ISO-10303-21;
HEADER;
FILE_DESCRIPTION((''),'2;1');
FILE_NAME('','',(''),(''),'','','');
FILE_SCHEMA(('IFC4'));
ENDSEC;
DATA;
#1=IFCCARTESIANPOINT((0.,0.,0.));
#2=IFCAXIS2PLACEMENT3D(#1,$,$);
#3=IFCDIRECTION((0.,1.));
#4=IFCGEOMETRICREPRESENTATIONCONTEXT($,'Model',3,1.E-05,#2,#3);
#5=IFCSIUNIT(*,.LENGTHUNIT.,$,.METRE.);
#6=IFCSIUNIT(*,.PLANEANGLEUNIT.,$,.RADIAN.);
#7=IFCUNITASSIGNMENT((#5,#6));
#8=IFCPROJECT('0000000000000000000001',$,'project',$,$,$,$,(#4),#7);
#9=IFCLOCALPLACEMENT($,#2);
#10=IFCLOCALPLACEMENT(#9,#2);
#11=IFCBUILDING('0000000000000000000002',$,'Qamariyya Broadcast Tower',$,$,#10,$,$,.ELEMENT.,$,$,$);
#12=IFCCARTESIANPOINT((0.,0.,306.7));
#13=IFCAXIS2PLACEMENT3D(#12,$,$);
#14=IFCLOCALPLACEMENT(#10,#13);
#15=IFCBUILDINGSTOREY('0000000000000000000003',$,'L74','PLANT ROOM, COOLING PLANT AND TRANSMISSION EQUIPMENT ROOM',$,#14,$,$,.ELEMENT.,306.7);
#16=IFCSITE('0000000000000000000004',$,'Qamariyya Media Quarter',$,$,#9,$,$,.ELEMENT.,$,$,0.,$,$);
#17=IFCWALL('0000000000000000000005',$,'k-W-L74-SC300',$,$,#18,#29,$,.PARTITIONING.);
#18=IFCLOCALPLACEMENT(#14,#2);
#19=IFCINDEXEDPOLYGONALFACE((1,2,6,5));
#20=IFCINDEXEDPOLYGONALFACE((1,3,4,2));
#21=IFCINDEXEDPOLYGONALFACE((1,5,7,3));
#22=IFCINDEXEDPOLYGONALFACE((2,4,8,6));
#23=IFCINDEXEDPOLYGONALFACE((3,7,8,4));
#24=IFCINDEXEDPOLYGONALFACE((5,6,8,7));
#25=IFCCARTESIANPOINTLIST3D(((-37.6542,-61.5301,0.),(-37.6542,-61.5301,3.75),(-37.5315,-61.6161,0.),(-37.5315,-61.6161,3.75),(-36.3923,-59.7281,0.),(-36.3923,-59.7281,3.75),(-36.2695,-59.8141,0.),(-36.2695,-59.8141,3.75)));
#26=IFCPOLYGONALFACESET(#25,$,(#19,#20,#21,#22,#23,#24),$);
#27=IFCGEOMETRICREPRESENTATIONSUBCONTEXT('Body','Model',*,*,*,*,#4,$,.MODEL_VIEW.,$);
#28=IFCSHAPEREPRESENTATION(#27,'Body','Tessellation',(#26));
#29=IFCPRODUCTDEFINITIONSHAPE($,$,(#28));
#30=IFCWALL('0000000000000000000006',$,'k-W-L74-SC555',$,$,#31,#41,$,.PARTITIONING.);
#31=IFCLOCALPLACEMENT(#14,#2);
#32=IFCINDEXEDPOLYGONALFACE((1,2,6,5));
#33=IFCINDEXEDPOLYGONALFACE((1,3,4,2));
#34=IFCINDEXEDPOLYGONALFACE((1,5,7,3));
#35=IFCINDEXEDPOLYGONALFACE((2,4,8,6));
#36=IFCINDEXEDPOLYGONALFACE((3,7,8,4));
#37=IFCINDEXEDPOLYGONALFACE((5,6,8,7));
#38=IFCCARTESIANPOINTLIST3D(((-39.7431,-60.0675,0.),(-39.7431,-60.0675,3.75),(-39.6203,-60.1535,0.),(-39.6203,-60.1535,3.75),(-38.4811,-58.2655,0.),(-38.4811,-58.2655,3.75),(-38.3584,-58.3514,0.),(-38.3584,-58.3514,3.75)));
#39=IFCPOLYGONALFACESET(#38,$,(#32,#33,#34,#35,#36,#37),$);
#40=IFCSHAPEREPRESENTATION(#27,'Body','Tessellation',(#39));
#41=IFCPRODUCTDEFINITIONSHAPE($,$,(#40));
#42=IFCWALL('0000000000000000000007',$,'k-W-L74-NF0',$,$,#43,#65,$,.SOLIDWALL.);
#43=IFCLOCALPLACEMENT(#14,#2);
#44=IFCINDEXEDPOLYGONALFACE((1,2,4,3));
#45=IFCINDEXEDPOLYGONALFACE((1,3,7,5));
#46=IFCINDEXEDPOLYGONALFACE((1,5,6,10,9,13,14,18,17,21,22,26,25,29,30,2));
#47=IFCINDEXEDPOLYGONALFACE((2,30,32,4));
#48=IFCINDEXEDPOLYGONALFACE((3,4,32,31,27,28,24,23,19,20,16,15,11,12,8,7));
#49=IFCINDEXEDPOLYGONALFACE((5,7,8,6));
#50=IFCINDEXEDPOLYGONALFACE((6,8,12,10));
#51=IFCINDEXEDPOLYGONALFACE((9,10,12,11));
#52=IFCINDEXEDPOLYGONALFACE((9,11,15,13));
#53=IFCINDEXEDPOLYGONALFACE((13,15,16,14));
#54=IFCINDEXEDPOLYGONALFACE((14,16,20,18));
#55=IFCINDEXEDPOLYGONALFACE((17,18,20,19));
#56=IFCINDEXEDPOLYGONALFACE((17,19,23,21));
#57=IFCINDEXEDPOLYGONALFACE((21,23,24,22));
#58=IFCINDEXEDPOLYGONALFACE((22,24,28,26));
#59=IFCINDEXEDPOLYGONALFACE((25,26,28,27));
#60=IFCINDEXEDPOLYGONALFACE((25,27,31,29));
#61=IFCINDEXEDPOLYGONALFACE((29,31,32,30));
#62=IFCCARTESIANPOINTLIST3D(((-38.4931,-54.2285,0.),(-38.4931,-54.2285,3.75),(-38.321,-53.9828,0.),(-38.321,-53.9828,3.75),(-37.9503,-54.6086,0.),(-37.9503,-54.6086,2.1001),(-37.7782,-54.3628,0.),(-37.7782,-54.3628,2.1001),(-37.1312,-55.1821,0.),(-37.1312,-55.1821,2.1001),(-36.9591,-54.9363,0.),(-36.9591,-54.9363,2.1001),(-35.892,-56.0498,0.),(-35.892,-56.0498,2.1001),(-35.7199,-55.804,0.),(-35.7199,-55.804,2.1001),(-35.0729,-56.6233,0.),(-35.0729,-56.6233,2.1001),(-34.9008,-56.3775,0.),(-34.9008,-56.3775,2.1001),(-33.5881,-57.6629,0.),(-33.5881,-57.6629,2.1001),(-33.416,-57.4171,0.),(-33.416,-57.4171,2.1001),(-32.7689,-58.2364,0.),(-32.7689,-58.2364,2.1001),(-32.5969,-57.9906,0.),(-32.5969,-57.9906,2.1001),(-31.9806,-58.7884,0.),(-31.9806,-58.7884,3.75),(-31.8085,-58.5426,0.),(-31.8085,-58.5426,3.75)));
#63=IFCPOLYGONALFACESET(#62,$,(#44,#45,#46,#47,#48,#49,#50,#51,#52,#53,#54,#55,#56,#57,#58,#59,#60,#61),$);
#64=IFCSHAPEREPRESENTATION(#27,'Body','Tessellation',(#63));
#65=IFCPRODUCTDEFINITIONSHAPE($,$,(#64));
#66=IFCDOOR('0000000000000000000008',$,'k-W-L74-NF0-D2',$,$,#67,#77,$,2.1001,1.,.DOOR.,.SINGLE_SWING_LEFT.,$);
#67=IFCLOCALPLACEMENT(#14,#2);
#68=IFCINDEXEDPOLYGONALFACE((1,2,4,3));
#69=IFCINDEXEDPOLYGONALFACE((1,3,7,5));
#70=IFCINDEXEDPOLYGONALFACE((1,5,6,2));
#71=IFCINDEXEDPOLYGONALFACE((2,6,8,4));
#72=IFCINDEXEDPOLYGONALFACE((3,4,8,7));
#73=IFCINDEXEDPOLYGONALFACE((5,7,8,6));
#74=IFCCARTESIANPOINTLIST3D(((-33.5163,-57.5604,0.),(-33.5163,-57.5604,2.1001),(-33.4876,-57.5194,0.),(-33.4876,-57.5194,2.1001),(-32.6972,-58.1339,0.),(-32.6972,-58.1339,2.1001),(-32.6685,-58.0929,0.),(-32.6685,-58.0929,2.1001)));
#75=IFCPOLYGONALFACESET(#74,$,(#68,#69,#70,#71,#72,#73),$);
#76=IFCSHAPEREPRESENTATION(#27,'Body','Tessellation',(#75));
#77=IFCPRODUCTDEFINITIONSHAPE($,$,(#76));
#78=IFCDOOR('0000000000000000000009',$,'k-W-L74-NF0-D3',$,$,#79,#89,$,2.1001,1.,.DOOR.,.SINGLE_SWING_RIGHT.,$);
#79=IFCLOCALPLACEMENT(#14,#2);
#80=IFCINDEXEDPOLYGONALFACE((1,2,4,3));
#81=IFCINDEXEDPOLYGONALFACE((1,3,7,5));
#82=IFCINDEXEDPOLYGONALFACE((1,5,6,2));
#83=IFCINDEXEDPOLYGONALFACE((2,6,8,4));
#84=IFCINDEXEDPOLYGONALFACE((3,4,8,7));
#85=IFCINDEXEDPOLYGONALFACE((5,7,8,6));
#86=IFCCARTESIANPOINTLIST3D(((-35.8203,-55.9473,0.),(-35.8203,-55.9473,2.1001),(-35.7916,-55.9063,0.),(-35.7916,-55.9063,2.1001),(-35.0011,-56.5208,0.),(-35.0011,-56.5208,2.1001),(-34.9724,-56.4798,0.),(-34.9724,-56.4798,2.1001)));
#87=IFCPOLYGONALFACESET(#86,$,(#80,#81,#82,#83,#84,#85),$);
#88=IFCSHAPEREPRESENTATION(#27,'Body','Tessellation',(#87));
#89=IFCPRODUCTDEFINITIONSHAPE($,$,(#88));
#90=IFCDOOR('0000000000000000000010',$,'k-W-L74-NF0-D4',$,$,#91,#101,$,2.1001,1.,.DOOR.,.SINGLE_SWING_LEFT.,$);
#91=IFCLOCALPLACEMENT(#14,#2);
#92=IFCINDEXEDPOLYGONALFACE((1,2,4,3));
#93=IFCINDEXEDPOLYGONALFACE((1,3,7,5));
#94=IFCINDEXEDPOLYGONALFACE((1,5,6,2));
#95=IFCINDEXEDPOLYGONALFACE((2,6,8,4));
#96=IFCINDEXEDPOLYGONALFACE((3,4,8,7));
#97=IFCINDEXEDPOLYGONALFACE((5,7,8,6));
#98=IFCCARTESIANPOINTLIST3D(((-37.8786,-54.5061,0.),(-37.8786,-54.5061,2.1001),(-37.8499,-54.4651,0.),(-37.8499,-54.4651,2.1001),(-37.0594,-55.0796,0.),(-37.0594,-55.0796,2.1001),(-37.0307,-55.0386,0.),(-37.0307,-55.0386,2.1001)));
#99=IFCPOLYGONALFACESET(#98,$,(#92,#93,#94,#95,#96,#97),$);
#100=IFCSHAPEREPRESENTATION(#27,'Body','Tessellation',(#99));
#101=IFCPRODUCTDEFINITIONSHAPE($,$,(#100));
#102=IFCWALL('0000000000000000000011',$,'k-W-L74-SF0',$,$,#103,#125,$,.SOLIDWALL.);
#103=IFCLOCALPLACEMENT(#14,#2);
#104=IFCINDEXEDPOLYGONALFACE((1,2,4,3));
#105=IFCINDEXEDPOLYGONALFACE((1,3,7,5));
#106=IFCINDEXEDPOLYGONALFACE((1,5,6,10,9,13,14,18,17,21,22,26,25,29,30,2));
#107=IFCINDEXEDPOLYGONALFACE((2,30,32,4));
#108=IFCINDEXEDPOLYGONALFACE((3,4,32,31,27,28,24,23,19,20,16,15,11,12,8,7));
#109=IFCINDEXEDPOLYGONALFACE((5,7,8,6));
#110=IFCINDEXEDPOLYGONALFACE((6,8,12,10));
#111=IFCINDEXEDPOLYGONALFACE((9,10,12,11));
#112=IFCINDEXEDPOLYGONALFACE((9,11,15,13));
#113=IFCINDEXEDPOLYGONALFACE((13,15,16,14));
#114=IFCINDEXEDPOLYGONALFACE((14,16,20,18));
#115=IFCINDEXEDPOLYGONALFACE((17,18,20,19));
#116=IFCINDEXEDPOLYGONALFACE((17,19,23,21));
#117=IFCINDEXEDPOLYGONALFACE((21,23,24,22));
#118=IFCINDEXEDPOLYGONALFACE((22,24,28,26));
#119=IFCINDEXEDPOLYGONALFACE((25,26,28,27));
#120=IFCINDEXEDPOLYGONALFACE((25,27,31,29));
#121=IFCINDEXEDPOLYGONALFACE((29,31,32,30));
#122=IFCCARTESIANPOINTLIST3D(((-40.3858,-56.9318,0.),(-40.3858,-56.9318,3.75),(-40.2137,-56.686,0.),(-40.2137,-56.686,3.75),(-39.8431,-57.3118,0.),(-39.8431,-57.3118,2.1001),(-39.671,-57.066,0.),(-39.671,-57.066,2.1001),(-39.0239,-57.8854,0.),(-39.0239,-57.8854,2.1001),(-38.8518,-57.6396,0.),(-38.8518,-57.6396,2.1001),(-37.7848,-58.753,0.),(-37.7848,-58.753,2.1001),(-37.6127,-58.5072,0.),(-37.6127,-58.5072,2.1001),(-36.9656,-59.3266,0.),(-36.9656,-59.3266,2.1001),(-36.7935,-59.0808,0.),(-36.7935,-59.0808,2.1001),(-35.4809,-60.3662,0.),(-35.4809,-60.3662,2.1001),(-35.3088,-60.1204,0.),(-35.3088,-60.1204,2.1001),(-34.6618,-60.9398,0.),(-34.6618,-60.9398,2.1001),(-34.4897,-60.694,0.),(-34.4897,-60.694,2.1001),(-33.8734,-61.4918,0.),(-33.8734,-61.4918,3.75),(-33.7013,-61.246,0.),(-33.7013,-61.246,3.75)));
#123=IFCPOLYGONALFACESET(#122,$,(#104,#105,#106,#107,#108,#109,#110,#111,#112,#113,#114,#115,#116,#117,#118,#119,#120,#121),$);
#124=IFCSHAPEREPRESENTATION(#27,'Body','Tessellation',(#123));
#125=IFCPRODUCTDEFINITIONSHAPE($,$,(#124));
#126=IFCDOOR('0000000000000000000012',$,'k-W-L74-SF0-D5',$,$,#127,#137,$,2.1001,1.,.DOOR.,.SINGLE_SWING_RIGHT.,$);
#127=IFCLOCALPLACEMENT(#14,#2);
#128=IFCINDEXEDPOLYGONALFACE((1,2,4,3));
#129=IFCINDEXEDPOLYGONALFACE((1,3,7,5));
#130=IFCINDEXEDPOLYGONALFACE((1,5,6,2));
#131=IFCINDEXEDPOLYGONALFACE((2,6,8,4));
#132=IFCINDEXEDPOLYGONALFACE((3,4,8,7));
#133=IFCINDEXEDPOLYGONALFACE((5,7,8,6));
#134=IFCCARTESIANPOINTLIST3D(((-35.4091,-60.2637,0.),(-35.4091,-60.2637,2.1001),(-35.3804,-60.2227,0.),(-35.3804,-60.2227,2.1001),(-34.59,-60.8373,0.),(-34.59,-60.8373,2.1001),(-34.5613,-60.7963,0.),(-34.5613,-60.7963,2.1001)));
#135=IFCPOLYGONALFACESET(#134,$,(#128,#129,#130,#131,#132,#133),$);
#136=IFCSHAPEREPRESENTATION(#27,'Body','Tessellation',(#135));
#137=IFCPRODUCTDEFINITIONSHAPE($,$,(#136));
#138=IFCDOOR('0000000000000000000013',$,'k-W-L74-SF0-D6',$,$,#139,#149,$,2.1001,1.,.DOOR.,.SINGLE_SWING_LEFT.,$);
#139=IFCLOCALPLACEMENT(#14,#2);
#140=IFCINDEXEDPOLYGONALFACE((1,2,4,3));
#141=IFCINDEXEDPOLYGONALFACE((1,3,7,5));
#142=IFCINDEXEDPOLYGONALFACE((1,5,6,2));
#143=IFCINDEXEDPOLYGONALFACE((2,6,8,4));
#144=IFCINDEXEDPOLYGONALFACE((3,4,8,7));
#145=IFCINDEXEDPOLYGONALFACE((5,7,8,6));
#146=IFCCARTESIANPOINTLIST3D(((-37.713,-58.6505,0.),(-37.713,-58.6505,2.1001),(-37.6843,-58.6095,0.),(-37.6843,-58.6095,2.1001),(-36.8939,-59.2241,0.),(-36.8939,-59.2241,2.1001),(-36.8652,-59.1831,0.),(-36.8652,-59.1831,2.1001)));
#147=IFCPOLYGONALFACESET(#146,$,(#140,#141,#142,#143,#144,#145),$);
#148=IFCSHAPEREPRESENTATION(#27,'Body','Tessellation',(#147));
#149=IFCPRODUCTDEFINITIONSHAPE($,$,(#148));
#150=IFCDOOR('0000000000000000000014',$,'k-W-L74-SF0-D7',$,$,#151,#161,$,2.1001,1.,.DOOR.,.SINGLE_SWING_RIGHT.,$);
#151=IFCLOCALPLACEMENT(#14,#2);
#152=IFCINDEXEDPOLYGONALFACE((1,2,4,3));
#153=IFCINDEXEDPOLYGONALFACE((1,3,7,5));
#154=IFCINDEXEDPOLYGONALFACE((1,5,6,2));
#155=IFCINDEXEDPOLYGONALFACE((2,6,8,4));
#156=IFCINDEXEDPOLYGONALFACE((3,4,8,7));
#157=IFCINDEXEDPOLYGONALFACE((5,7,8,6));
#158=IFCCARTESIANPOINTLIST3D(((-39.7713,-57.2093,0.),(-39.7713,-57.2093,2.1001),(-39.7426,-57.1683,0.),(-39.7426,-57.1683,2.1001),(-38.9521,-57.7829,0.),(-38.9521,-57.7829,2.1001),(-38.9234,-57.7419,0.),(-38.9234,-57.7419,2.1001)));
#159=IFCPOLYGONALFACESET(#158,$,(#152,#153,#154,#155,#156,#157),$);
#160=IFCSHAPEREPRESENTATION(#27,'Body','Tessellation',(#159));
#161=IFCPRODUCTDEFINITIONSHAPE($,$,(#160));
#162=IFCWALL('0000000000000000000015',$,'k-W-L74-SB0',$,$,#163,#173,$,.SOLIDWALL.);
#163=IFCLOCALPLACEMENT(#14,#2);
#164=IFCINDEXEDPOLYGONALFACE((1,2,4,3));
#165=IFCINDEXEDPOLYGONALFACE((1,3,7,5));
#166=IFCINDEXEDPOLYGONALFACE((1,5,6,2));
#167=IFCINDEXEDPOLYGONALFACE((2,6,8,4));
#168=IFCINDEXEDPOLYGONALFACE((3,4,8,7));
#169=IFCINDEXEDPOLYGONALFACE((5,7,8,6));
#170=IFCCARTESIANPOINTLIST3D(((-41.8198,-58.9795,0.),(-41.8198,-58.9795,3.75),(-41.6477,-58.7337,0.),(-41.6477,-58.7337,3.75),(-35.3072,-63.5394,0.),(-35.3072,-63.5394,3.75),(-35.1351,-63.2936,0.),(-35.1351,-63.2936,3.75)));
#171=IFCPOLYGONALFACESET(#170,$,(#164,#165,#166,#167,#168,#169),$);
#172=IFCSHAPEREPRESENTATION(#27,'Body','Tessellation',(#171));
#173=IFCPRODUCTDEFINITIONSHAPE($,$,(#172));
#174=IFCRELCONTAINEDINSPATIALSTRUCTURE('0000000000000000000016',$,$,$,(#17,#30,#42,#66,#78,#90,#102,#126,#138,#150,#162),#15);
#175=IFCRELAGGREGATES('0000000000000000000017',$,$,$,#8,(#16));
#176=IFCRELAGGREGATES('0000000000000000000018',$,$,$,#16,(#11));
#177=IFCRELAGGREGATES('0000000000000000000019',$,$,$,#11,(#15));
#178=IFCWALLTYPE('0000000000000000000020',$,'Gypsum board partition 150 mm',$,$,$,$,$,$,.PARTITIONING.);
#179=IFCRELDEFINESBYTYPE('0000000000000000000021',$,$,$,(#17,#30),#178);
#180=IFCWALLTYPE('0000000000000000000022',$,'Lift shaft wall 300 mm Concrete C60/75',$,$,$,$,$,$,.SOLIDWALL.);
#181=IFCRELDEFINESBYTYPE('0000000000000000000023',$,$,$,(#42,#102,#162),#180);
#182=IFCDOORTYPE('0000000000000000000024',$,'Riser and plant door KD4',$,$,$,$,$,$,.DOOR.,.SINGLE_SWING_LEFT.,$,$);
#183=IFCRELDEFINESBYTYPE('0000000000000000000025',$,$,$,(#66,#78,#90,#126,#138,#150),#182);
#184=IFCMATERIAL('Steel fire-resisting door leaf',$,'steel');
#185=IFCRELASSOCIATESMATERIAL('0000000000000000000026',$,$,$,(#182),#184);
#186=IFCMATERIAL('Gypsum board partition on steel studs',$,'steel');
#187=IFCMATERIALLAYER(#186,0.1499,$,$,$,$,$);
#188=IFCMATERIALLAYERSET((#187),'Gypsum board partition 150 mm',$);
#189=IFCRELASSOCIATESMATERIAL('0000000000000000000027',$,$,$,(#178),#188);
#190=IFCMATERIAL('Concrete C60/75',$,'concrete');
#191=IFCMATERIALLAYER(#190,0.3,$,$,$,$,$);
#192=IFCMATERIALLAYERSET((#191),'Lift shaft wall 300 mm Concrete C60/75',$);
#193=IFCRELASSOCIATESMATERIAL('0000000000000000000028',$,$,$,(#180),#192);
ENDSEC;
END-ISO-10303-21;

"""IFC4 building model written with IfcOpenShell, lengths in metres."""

from ifc_helpers import new_model, si_unit, direction, frame, frame_2d, origin, place, context, subcontext, project, spatial, rectangle, extrude, material, layer, layer_set, type_object, element, fill, save


model = new_model("IFC4")

# Units and contexts
model_context = context("Model", 3, precision=1e-05, world=origin(), true_north=direction((0.0, 1.0)))
body_context = subcontext(model_context, "Body", "Model", "MODEL_VIEW")
ifc_project = project(units=[si_unit("LENGTHUNIT", "METRE"), si_unit("PLANEANGLEUNIT", "RADIAN")], contexts=[model_context])

# Site, building, storey
site_placement = place(None, origin())
site = spatial("IfcSite", under=ifc_project, at=site_placement, Name="Qamariyya Media Quarter", CompositionType="ELEMENT", RefElevation=0.0)
building_placement = place(site_placement, origin())
building = spatial("IfcBuilding", under=site, at=building_placement, Name="Qamariyya Broadcast Tower", CompositionType="ELEMENT")
storey_placement = place(building_placement, frame((0.0, 0.0, 306.7)))
storey = spatial("IfcBuildingStorey", under=building, at=storey_placement, Name="L74", Description="PLANT ROOM, COOLING PLANT AND TRANSMISSION EQUIPMENT ROOM", CompositionType="ELEMENT", Elevation=306.7)

# Shared definitions
ifc_material_1 = material(Name="Concrete C60/75", Category="concrete")
ifc_material_2 = material(Name="Steel fire-resisting door leaf", Category="steel")

# Shared definitions
door_type_1 = type_object("IfcDoorType", Name="Riser and plant door KD4", OperationType="SINGLE_SWING_LEFT", PredefinedType="DOOR", material=ifc_material_2)

# Walls
ifc_material_3 = material(Name="Gypsum board partition on steel studs", Category="steel")
ifc_layer_1 = layer(ifc_material_3, 0.1499)
ifc_layer_set_1 = layer_set([ifc_layer_1], Name="Gypsum board partition 150 mm")
wall_type_1 = type_object("IfcWallType", Name="Gypsum board partition 150 mm", PredefinedType="PARTITIONING", material=ifc_layer_set_1)
for number, where, z_axis, x_axis, name in (
    (1, (-36.3308, -59.771, 0.0), (0.0, 0.0, 1.0), (-0.573634, -0.819112, 0.0), "k-W-L74-SC300"),
    (2, (-38.4197, -58.3083, 0.0), (0.0, 0.0, 1.0), (-0.573634, -0.819112, 0.0), "k-W-L74-SC555"),
):
    element("IfcWall", number, at=place(storey_placement, frame(where, z_axis=z_axis, x_axis=x_axis)), inside=storey, type_object=wall_type_1, Name=name, PredefinedType="PARTITIONING", context=body_context, shape_type="SweptSolid", body=[
        extrude(rectangle(XDim=2.2, YDim=0.1499, at=frame_2d((1.1001, 0.0))), origin(), (0.0, 0.0, 1.0), 3.75),
    ])

# Walls, openings, doors
ifc_layer_2 = layer(ifc_material_1, 0.3)
ifc_layer_set_2 = layer_set([ifc_layer_2], Name="Lift shaft wall 300 mm Concrete C60/75")
wall_type_2 = type_object("IfcWallType", Name="Lift shaft wall 300 mm Concrete C60/75", PredefinedType="SOLIDWALL", material=ifc_layer_set_2)
wall_1_placement = place(storey_placement, frame((-31.8945, -58.6655, 0.0), z_axis=(0.0, 0.0, 1.0), x_axis=(-0.819167, 0.573555, 0.0)))
wall_1 = element("IfcWall", 3, at=wall_1_placement, inside=storey, type_object=wall_type_2, Name="k-W-L74-NF0", PredefinedType="SOLIDWALL", context=body_context, shape_type="SweptSolid", body=[
    extrude(rectangle(XDim=7.9502, YDim=0.3, at=frame_2d((3.9751, 0.0))), origin(), (0.0, 0.0, 1.0), 3.75),
])
opening_1_placement = place(wall_1_placement, frame((0.9624, 0.0, 0.0)))
opening_1 = element("IfcOpeningElement", 4, at=opening_1_placement, cuts=wall_1, PredefinedType="OPENING", context=body_context, shape_type="SweptSolid", body=[
    extrude(rectangle(XDim=1.0, YDim=2.1001, at=frame_2d((0.5, 1.05))), frame((0.0, 0.1599, 0.0), z_axis=(0.0, -1.0, 0.0), x_axis=(1.0, 0.0, 0.0)), (0.0, 0.0, 1.0), 0.3201),
])
opening_2_placement = place(wall_1_placement, frame((3.7749, 0.0, 0.0)))
opening_2 = element("IfcOpeningElement", 5, at=opening_2_placement, cuts=wall_1, PredefinedType="OPENING", context=body_context, shape_type="SweptSolid", body=[
    extrude(rectangle(XDim=1.0, YDim=2.1001, at=frame_2d((0.5, 1.05))), frame((0.0, 0.1599, 0.0), z_axis=(0.0, -1.0, 0.0), x_axis=(1.0, 0.0, 0.0)), (0.0, 0.0, 1.0), 0.3201),
])
opening_3_placement = place(wall_1_placement, frame((6.2876, 0.0, 0.0)))
opening_3 = element("IfcOpeningElement", 6, at=opening_3_placement, cuts=wall_1, PredefinedType="OPENING", context=body_context, shape_type="SweptSolid", body=[
    extrude(rectangle(XDim=1.0, YDim=2.1001, at=frame_2d((0.5, 1.05))), frame((0.0, 0.1599, 0.0), z_axis=(0.0, -1.0, 0.0), x_axis=(1.0, 0.0, 0.0)), (0.0, 0.0, 1.0), 0.3201),
])
door_1_placement = place(opening_1_placement, origin())
door_1 = element("IfcDoor", 7, at=door_1_placement, inside=storey, type_object=door_type_1, Name="k-W-L74-NF0-D2", OperationType="SINGLE_SWING_LEFT", OverallHeight=2.1001, OverallWidth=1.0, PredefinedType="DOOR", context=body_context, shape_type="SweptSolid", body=[
    extrude(rectangle(XDim=1.0, YDim=2.1001, at=frame_2d((0.5, 1.05))), frame((0.0, 0.0249, 0.0), z_axis=(0.0, -1.0, 0.0), x_axis=(1.0, 0.0, 0.0)), (0.0, 0.0, 1.0), 0.05),
])
fill(opening_1, door_1)
door_2_placement = place(opening_2_placement, origin())
door_2 = element("IfcDoor", 8, at=door_2_placement, inside=storey, type_object=door_type_1, Name="k-W-L74-NF0-D3", OperationType="SINGLE_SWING_RIGHT", OverallHeight=2.1001, OverallWidth=1.0, PredefinedType="DOOR", context=body_context, shape_type="SweptSolid", body=[
    extrude(rectangle(XDim=1.0, YDim=2.1001, at=frame_2d((0.5, 1.05))), frame((0.0, 0.0249, 0.0), z_axis=(0.0, -1.0, 0.0), x_axis=(1.0, 0.0, 0.0)), (0.0, 0.0, 1.0), 0.05),
])
fill(opening_2, door_2)
door_3_placement = place(opening_3_placement, origin())
door_3 = element("IfcDoor", 9, at=door_3_placement, inside=storey, type_object=door_type_1, Name="k-W-L74-NF0-D4", OperationType="SINGLE_SWING_LEFT", OverallHeight=2.1001, OverallWidth=1.0, PredefinedType="DOOR", context=body_context, shape_type="SweptSolid", body=[
    extrude(rectangle(XDim=1.0, YDim=2.1001, at=frame_2d((0.5, 1.05))), frame((0.0, 0.0249, 0.0), z_axis=(0.0, -1.0, 0.0), x_axis=(1.0, 0.0, 0.0)), (0.0, 0.0, 1.0), 0.05),
])
fill(opening_3, door_3)
wall_2_placement = place(storey_placement, frame((-33.7874, -61.3689, 0.0), z_axis=(0.0, 0.0, 1.0), x_axis=(-0.819153, 0.573576, 0.0)))
wall_2 = element("IfcWall", 10, at=wall_2_placement, inside=storey, type_object=wall_type_2, Name="k-W-L74-SF0", PredefinedType="SOLIDWALL", context=body_context, shape_type="SweptSolid", body=[
    extrude(rectangle(XDim=7.9502, YDim=0.3, at=frame_2d((3.9751, 0.0))), origin(), (0.0, 0.0, 1.0), 3.75),
])
opening_4_placement = place(wall_2_placement, frame((0.9624, 0.0, 0.0)))
opening_4 = element("IfcOpeningElement", 11, at=opening_4_placement, cuts=wall_2, PredefinedType="OPENING", context=body_context, shape_type="SweptSolid", body=[
    extrude(rectangle(XDim=1.0, YDim=2.1001, at=frame_2d((0.5, 1.05))), frame((0.0, 0.1599, 0.0), z_axis=(0.0, -1.0, 0.0), x_axis=(1.0, 0.0, 0.0)), (0.0, 0.0, 1.0), 0.3201),
])
opening_5_placement = place(wall_2_placement, frame((3.7749, 0.0, 0.0)))
opening_5 = element("IfcOpeningElement", 12, at=opening_5_placement, cuts=wall_2, PredefinedType="OPENING", context=body_context, shape_type="SweptSolid", body=[
    extrude(rectangle(XDim=1.0, YDim=2.1001, at=frame_2d((0.5, 1.05))), frame((0.0, 0.1599, 0.0), z_axis=(0.0, -1.0, 0.0), x_axis=(1.0, 0.0, 0.0)), (0.0, 0.0, 1.0), 0.3201),
])
opening_6_placement = place(wall_2_placement, frame((6.2876, 0.0, 0.0)))
opening_6 = element("IfcOpeningElement", 13, at=opening_6_placement, cuts=wall_2, PredefinedType="OPENING", context=body_context, shape_type="SweptSolid", body=[
    extrude(rectangle(XDim=1.0, YDim=2.1001, at=frame_2d((0.5, 1.05))), frame((0.0, 0.1599, 0.0), z_axis=(0.0, -1.0, 0.0), x_axis=(1.0, 0.0, 0.0)), (0.0, 0.0, 1.0), 0.3201),
])
door_4_placement = place(opening_4_placement, origin())
door_4 = element("IfcDoor", 14, at=door_4_placement, inside=storey, type_object=door_type_1, Name="k-W-L74-SF0-D5", OperationType="SINGLE_SWING_RIGHT", OverallHeight=2.1001, OverallWidth=1.0, PredefinedType="DOOR", context=body_context, shape_type="SweptSolid", body=[
    extrude(rectangle(XDim=1.0, YDim=2.1001, at=frame_2d((0.5, 1.05))), frame((0.0, 0.0249, 0.0), z_axis=(0.0, -1.0, 0.0), x_axis=(1.0, 0.0, 0.0)), (0.0, 0.0, 1.0), 0.05),
])
fill(opening_4, door_4)
door_5_placement = place(opening_5_placement, origin())
door_5 = element("IfcDoor", 15, at=door_5_placement, inside=storey, type_object=door_type_1, Name="k-W-L74-SF0-D6", OperationType="SINGLE_SWING_LEFT", OverallHeight=2.1001, OverallWidth=1.0, PredefinedType="DOOR", context=body_context, shape_type="SweptSolid", body=[
    extrude(rectangle(XDim=1.0, YDim=2.1001, at=frame_2d((0.5, 1.05))), frame((0.0, 0.0249, 0.0), z_axis=(0.0, -1.0, 0.0), x_axis=(1.0, 0.0, 0.0)), (0.0, 0.0, 1.0), 0.05),
])
fill(opening_5, door_5)
door_6_placement = place(opening_6_placement, origin())
door_6 = element("IfcDoor", 16, at=door_6_placement, inside=storey, type_object=door_type_1, Name="k-W-L74-SF0-D7", OperationType="SINGLE_SWING_RIGHT", OverallHeight=2.1001, OverallWidth=1.0, PredefinedType="DOOR", context=body_context, shape_type="SweptSolid", body=[
    extrude(rectangle(XDim=1.0, YDim=2.1001, at=frame_2d((0.5, 1.05))), frame((0.0, 0.0249, 0.0), z_axis=(0.0, -1.0, 0.0), x_axis=(1.0, 0.0, 0.0)), (0.0, 0.0, 1.0), 0.05),
])
fill(opening_6, door_6)

# Wall
wall_3_placement = place(storey_placement, frame((-35.2212, -63.4165, 0.0), z_axis=(0.0, 0.0, 1.0), x_axis=(-0.819167, 0.573555, 0.0)))
element("IfcWall", 17, at=wall_3_placement, inside=storey, type_object=wall_type_2, Name="k-W-L74-SB0", PredefinedType="SOLIDWALL", context=body_context, shape_type="SweptSolid", body=[
    extrude(rectangle(XDim=7.9502, YDim=0.3, at=frame_2d((3.9751, 0.0))), origin(), (0.0, 0.0, 1.0), 3.75),
])

save(model, "model.ifc")
